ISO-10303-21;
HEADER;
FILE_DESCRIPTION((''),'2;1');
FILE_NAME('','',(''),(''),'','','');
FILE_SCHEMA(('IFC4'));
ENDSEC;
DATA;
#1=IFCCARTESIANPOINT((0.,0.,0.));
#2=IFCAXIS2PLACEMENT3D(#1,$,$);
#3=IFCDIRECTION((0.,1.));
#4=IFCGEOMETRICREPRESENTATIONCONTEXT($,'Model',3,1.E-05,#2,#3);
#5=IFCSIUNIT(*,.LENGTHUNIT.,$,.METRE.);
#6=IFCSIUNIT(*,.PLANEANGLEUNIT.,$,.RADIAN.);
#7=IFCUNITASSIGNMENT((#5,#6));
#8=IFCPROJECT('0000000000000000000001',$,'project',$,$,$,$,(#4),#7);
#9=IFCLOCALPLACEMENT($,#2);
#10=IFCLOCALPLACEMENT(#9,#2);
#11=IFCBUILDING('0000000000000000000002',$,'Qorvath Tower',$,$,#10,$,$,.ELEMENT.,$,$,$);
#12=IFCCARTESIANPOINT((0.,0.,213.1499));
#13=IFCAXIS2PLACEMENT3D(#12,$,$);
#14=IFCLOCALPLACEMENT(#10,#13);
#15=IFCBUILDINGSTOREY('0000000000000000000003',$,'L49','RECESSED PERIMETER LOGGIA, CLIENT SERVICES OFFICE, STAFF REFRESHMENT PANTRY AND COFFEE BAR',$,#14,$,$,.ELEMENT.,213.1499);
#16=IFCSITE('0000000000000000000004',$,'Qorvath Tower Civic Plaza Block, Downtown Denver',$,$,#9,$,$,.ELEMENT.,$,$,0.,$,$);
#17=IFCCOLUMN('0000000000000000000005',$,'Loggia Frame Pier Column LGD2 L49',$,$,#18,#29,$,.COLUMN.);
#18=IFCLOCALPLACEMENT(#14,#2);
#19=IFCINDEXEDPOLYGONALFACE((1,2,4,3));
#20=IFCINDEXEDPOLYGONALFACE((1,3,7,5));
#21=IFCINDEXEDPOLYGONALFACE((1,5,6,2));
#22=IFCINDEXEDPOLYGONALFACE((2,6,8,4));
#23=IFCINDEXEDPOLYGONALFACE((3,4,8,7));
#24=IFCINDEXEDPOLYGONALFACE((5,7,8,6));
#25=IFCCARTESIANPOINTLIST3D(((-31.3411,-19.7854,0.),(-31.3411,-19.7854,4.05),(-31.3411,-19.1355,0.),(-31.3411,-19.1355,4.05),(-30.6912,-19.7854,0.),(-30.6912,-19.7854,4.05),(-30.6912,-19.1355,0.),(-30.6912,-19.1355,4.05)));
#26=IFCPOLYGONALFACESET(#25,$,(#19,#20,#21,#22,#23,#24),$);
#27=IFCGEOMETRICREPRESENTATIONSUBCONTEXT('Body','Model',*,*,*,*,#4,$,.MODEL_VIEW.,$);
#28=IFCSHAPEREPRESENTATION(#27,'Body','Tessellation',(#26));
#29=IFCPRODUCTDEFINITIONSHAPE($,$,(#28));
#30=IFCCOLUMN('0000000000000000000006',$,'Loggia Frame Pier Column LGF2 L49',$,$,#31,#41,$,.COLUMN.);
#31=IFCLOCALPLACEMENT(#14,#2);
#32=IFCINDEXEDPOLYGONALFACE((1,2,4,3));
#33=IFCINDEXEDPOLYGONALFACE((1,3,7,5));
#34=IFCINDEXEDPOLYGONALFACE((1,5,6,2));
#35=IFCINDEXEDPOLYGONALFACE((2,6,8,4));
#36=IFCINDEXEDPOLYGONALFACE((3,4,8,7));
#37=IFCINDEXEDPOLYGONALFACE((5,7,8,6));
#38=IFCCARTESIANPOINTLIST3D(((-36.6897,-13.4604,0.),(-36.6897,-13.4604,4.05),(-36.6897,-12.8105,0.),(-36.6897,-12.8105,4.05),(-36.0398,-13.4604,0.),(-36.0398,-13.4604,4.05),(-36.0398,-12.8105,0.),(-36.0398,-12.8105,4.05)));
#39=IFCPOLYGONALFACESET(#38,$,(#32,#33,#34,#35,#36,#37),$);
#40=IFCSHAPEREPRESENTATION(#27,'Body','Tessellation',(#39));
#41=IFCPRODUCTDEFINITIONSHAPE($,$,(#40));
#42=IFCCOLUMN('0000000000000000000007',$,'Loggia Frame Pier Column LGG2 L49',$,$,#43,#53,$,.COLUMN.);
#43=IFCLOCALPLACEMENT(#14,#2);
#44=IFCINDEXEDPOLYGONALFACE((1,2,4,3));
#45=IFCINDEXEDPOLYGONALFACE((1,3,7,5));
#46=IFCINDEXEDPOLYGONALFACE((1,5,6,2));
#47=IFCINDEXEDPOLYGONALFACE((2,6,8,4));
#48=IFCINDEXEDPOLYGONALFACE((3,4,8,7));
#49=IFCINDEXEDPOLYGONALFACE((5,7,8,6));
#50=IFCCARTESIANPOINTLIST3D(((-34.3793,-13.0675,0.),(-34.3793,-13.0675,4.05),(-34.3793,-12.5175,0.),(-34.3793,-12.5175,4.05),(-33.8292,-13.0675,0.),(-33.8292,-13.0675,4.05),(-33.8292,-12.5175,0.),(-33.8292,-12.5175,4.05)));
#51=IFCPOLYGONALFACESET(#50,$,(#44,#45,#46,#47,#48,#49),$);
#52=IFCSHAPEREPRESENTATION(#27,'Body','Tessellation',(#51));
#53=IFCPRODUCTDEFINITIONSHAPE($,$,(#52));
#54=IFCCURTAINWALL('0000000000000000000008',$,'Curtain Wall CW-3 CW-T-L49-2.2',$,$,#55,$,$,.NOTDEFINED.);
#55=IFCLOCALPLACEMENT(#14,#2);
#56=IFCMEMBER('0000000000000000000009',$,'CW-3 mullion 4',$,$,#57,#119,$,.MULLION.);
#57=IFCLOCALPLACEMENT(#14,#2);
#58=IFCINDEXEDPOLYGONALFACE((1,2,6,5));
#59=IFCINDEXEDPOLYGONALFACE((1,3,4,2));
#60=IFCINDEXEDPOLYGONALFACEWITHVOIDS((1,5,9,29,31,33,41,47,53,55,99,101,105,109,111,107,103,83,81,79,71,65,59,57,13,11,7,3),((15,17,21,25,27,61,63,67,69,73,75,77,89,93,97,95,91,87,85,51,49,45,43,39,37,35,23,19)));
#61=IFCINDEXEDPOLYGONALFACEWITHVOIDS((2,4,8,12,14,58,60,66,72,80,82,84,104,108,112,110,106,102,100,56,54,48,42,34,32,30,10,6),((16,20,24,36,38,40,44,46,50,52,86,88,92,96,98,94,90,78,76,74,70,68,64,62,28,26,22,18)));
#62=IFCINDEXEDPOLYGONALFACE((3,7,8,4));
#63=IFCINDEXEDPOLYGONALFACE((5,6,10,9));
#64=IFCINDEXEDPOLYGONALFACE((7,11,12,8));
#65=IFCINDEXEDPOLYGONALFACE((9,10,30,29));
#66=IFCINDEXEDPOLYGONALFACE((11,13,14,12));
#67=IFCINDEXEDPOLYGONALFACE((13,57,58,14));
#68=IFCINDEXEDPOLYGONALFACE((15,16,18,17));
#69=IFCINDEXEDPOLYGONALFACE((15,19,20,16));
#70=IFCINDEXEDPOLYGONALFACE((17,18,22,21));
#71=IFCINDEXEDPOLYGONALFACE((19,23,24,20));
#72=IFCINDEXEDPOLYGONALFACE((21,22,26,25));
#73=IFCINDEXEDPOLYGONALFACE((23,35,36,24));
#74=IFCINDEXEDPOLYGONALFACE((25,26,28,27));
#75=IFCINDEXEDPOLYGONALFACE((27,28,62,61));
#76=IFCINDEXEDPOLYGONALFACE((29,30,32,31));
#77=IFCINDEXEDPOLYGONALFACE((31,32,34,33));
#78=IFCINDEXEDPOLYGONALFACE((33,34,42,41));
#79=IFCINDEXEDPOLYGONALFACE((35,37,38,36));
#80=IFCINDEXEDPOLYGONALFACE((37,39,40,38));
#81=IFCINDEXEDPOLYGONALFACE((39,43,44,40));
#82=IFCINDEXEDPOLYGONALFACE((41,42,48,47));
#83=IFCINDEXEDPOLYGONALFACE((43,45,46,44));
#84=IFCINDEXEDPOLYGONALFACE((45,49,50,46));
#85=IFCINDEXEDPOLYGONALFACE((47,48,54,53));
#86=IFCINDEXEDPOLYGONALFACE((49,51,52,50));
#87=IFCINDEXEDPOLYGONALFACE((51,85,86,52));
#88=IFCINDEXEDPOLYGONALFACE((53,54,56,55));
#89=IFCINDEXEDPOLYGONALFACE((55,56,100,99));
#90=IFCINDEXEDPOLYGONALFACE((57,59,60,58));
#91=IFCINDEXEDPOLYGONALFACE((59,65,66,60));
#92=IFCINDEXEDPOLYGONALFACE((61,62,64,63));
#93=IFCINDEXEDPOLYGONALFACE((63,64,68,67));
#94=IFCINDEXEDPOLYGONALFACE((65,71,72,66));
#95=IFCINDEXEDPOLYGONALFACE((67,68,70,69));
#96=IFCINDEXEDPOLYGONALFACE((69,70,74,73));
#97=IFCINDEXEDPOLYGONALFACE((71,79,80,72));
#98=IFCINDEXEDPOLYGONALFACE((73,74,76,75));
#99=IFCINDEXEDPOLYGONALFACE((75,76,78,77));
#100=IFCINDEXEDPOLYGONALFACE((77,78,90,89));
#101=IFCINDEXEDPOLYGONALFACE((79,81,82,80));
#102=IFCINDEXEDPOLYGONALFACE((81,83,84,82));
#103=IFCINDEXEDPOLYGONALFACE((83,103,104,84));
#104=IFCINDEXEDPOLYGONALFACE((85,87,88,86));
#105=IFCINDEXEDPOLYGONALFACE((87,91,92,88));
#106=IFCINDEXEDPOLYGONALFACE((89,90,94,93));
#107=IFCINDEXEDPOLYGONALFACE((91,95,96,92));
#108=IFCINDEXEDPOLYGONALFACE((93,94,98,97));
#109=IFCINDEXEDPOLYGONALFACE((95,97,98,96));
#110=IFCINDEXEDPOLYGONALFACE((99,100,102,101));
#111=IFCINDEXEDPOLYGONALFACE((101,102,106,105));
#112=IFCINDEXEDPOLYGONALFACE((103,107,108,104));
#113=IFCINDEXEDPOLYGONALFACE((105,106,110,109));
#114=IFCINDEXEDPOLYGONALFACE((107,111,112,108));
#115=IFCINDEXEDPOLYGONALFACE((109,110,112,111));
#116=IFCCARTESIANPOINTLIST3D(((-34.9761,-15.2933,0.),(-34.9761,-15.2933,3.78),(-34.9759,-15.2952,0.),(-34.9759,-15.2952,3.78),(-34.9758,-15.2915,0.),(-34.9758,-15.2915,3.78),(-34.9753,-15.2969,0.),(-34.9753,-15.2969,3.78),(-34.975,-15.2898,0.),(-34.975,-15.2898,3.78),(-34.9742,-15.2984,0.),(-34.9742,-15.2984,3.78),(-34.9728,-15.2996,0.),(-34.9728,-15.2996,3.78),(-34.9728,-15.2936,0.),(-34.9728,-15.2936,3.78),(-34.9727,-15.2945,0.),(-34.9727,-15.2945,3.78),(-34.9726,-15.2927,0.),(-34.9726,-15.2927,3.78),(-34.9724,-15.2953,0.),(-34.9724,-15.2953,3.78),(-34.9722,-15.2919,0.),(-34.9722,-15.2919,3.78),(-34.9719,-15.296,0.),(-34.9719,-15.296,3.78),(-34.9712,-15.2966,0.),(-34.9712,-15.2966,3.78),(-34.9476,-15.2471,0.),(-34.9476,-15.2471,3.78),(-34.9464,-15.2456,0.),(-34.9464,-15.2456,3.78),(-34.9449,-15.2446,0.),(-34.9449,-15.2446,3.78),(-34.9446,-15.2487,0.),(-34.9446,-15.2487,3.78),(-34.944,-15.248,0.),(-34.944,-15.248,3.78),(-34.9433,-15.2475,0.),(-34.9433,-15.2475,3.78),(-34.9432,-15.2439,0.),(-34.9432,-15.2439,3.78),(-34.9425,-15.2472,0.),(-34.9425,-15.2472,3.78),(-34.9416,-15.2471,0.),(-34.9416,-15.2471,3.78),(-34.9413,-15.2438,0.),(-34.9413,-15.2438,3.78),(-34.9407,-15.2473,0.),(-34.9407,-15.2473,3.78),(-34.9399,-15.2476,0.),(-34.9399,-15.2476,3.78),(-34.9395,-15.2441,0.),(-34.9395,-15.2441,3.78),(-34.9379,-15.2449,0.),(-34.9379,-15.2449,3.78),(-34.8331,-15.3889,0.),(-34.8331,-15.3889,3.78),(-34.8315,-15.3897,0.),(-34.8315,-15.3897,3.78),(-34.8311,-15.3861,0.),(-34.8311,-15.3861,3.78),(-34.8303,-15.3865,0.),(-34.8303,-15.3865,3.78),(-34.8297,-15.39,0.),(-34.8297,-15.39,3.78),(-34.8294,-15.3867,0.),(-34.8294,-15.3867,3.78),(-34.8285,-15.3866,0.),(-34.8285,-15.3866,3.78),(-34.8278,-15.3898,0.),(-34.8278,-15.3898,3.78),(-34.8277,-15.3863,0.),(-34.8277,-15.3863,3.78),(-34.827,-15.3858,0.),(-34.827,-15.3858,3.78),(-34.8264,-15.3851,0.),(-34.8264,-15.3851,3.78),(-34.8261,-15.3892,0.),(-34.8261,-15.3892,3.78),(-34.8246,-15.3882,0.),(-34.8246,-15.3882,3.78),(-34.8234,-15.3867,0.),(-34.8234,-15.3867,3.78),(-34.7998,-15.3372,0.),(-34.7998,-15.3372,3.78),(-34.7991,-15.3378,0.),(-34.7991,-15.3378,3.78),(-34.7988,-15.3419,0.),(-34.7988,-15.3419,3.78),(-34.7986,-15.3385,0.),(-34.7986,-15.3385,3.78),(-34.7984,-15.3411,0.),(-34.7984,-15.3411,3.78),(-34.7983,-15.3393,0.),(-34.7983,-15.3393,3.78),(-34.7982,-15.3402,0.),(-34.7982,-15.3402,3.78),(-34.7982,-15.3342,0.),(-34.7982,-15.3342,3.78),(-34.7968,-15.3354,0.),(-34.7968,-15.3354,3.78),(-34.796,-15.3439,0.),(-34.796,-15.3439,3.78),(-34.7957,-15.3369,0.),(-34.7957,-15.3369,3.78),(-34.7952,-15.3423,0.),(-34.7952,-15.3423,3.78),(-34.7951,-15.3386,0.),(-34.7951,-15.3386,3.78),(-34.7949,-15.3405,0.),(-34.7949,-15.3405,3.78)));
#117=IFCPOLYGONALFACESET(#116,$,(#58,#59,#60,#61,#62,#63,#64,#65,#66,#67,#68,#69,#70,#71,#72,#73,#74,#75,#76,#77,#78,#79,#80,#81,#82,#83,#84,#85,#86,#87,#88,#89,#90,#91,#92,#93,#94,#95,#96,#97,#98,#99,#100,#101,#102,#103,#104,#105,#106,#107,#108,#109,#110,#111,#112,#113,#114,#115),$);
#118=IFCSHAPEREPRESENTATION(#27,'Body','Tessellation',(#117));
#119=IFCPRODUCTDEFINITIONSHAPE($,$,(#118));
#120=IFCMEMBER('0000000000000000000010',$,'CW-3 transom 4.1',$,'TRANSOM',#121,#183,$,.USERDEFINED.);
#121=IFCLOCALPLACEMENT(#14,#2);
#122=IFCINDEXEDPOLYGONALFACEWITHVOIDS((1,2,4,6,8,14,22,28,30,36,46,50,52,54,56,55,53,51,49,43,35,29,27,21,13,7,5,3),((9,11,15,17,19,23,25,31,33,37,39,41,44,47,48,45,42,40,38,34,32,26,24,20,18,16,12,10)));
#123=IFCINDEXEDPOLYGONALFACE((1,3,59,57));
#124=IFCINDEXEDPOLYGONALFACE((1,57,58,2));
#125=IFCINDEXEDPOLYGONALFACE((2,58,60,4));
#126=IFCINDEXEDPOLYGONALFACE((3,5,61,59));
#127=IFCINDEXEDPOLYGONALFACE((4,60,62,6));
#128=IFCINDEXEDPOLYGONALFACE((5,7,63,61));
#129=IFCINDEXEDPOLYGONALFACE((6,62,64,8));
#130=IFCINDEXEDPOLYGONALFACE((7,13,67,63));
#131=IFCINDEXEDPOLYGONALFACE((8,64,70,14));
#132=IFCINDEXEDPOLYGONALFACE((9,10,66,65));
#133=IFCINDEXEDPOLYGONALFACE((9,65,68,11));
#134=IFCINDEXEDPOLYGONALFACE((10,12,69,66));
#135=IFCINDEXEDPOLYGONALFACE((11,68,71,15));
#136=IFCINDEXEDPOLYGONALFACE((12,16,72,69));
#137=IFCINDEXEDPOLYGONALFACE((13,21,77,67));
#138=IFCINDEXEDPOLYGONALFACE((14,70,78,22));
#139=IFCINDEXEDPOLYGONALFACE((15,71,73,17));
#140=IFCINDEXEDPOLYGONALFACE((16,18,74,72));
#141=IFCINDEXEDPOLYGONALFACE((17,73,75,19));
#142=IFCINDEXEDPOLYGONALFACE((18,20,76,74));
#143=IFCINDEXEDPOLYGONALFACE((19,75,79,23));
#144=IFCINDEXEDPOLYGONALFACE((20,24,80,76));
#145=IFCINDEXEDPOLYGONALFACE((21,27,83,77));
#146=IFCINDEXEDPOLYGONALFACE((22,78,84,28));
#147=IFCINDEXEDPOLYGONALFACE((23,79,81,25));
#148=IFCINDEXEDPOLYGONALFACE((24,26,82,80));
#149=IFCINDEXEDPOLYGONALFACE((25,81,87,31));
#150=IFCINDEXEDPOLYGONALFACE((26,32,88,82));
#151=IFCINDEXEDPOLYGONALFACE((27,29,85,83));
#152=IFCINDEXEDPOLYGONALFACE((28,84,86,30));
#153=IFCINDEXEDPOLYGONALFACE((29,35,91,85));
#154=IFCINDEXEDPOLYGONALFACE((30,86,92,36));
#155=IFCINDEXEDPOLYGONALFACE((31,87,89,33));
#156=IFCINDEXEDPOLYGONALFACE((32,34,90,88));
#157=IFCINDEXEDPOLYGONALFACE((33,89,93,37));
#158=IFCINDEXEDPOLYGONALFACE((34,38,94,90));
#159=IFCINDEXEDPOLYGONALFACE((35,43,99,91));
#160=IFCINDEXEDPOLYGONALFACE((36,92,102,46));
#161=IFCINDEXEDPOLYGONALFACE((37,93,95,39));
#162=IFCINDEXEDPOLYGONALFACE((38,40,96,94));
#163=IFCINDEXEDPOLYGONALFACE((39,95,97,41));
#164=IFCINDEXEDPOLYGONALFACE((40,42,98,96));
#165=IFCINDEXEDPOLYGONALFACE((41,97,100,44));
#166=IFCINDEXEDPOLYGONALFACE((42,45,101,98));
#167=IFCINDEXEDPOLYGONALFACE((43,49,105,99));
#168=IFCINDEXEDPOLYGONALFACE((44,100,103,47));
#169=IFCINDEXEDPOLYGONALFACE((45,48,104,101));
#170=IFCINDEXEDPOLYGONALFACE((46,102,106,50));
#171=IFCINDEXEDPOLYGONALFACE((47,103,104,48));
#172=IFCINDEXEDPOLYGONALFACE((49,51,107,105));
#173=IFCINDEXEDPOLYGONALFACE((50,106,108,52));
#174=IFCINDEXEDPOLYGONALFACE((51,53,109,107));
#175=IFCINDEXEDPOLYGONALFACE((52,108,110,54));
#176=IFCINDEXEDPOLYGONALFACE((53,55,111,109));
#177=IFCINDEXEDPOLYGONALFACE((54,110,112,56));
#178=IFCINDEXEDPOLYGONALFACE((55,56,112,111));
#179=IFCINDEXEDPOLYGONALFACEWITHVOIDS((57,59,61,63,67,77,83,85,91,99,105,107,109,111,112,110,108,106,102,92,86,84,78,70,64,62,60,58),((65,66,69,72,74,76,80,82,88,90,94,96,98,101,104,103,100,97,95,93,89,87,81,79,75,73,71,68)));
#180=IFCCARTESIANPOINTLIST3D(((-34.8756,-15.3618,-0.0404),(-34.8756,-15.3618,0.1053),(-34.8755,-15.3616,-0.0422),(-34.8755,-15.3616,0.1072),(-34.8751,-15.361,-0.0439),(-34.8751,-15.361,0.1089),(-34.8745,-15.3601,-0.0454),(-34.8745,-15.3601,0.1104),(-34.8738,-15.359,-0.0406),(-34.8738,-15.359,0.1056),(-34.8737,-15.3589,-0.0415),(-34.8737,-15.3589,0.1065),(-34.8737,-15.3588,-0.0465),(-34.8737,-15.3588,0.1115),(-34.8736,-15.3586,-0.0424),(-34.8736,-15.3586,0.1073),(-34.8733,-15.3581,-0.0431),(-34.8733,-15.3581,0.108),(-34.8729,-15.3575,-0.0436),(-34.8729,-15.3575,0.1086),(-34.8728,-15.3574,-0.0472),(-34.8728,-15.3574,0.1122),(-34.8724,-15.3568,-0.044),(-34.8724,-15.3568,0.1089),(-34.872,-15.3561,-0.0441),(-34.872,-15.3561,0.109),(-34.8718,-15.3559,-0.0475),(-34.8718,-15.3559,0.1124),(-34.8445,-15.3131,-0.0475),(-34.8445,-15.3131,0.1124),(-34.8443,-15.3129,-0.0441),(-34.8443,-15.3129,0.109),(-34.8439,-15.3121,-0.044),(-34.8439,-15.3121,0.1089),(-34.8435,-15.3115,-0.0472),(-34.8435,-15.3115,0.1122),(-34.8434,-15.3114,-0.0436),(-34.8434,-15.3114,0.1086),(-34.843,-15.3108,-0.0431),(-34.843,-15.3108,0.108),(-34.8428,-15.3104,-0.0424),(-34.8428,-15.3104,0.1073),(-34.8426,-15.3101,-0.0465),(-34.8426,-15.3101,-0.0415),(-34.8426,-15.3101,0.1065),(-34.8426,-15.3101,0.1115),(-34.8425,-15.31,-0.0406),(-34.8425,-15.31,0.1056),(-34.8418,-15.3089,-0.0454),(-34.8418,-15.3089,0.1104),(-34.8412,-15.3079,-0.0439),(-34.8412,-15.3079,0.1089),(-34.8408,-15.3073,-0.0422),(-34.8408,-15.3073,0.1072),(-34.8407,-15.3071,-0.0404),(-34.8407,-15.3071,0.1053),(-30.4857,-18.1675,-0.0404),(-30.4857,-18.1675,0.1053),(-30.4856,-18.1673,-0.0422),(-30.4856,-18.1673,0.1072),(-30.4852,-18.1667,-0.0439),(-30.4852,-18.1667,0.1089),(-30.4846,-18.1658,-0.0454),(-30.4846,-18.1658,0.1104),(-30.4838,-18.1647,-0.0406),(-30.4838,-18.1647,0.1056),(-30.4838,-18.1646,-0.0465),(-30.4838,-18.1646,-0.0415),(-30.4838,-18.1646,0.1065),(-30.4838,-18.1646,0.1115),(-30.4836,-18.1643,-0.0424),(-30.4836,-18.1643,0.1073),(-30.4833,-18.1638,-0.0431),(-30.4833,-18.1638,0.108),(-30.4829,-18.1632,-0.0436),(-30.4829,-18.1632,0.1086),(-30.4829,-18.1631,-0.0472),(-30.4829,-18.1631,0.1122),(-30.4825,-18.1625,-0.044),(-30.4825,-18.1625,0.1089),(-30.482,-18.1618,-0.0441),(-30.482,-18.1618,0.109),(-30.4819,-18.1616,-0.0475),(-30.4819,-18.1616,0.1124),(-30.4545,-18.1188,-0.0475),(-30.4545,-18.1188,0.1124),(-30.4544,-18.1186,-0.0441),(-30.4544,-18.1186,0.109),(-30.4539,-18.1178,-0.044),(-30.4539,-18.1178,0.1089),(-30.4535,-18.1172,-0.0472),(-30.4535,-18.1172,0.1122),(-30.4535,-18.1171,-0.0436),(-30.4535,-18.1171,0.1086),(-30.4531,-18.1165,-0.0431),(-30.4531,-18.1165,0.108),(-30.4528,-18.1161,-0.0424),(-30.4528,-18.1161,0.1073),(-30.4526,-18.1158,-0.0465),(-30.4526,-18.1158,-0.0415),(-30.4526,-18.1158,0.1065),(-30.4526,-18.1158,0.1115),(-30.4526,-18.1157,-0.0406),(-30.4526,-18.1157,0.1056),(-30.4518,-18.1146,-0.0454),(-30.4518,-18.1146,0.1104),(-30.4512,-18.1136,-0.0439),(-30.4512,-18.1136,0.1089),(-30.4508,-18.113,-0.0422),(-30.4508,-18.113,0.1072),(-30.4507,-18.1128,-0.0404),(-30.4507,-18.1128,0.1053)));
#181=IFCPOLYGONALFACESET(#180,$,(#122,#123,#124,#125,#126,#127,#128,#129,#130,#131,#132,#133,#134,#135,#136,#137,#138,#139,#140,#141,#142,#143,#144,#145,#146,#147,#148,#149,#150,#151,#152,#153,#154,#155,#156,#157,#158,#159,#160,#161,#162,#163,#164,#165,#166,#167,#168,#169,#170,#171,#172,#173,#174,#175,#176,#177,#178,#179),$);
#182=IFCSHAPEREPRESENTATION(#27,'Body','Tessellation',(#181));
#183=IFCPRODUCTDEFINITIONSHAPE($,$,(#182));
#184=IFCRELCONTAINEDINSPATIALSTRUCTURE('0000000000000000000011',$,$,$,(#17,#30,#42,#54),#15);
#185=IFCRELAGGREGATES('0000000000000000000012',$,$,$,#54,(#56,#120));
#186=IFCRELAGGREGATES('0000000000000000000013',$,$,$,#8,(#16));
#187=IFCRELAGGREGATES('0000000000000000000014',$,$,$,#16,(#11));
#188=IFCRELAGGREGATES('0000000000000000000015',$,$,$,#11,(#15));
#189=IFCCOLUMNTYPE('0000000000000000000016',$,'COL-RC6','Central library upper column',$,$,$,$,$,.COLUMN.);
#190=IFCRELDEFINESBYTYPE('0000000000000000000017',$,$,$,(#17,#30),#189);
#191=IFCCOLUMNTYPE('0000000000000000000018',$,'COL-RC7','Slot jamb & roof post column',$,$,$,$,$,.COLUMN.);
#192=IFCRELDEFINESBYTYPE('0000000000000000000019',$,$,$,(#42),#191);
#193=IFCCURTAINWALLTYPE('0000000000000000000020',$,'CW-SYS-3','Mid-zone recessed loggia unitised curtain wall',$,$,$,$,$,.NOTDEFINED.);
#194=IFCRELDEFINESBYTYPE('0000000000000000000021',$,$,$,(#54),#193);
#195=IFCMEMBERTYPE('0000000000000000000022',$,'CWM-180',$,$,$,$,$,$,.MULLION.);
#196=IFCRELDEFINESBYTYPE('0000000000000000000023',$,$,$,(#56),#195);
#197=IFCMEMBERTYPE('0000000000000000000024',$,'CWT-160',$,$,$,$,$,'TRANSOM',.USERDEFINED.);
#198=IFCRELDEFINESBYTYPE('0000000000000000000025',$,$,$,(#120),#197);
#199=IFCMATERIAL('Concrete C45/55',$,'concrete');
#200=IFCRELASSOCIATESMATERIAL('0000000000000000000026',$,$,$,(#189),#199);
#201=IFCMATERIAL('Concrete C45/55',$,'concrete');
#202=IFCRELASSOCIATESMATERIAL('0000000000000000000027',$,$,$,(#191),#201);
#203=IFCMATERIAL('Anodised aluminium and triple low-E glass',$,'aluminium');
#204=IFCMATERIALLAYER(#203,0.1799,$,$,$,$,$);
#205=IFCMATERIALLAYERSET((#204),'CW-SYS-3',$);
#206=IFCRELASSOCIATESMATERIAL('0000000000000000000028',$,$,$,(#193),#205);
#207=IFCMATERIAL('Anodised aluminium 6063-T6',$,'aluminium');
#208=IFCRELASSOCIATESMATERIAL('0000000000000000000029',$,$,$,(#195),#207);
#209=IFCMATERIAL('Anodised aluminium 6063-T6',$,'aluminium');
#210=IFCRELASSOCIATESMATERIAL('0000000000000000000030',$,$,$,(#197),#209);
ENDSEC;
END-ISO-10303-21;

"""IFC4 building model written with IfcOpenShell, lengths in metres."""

from ifc_helpers import new_model, si_unit, direction, frame, origin, origin_2d, place, context, subcontext, project, spatial, rectangle, hollow_rectangle, extrude, material, layer, layer_set, material_profile, profile_set, type_object, element, aggregate, save


model = new_model("IFC4")

# Units and contexts
model_context = context("Model", 3, precision=1e-05, world=origin(), true_north=direction((0.0, 1.0)))
body_context = subcontext(model_context, "Body", "Model", "MODEL_VIEW")
ifc_project = project(units=[si_unit("LENGTHUNIT", "METRE"), si_unit("PLANEANGLEUNIT", "RADIAN")], contexts=[model_context])

# Site, building, storey
site_placement = place(None, origin())
site = spatial("IfcSite", under=ifc_project, at=site_placement, Name="Qorvath Tower Civic Plaza Block, Downtown Denver", CompositionType="ELEMENT", RefElevation=0.0)
building_placement = place(site_placement, origin())
building = spatial("IfcBuilding", under=site, at=building_placement, Name="Qorvath Tower", CompositionType="ELEMENT")
storey_placement = place(building_placement, frame((0.0, 0.0, 213.1499)))
storey = spatial("IfcBuildingStorey", under=building, at=storey_placement, Name="L49", Description="RECESSED PERIMETER LOGGIA, CLIENT SERVICES OFFICE, STAFF REFRESHMENT PANTRY AND COFFEE BAR", CompositionType="ELEMENT", Elevation=213.1499)

# Columns
ifc_material_1 = material(Name="Concrete C45/55", Category="concrete")
ifc_material_profile_1 = material_profile(ifc_material_1, rectangle(XDim=0.6499, YDim=0.6499, at=origin_2d()), Name="RC 650x650")
ifc_profile_set_1 = profile_set([ifc_material_profile_1], Name="Concrete C45/55")
column_type_1 = type_object("IfcColumnType", Name="COL-RC6", Description="Central library upper column", PredefinedType="COLUMN", material=ifc_profile_set_1)
for number, where, z_axis, x_axis, name in (
    (1, (-31.0161, -19.4604, 0.0), (0.0, 0.0, 1.0), (1.0, 0.0, 0.0), "Loggia Frame Pier Column LGD2 L49"),
    (2, (-36.3647, -13.1355, 0.0), (0.0, 0.0, 1.0), (1.0, 0.0, 0.0), "Loggia Frame Pier Column LGF2 L49"),
):
    element("IfcColumn", number, at=place(storey_placement, frame(where, z_axis=z_axis, x_axis=x_axis)), inside=storey, type_object=column_type_1, Name=name, PredefinedType="COLUMN", context=body_context, shape_type="SweptSolid", body=[
        extrude(rectangle(XDim=0.6499, YDim=0.6499, at=origin_2d()), origin(), (0.0, 0.0, 1.0), 4.05),
    ])
ifc_material_2 = material(Name="Concrete C45/55", Category="concrete")
ifc_material_profile_2 = material_profile(ifc_material_2, rectangle(XDim=0.55, YDim=0.55, at=origin_2d()), Name="RC 550x550")
ifc_profile_set_2 = profile_set([ifc_material_profile_2], Name="Concrete C45/55")
column_type_2 = type_object("IfcColumnType", Name="COL-RC7", Description="Slot jamb & roof post column", PredefinedType="COLUMN", material=ifc_profile_set_2)
column_placement = place(storey_placement, frame((-34.1042, -12.7925, 0.0), z_axis=(0.0, 0.0, 1.0), x_axis=(1.0, 0.0, 0.0)))
element("IfcColumn", 3, at=column_placement, inside=storey, type_object=column_type_2, Name="Loggia Frame Pier Column LGG2 L49", PredefinedType="COLUMN", context=body_context, shape_type="SweptSolid", body=[
    extrude(rectangle(XDim=0.55, YDim=0.55, at=origin_2d()), origin(), (0.0, 0.0, 1.0), 4.05),
])

# Curtain wall, members
ifc_material_3 = material(Name="Anodised aluminium and triple low-E glass", Category="aluminium")
ifc_layer_1 = layer(ifc_material_3, 0.1799)
ifc_layer_set_1 = layer_set([ifc_layer_1], Name="CW-SYS-3")
curtain_wall_type = type_object("IfcCurtainWallType", Name="CW-SYS-3", Description="Mid-zone recessed loggia unitised curtain wall", PredefinedType="NOTDEFINED", material=ifc_layer_set_1)
curtain_wall_placement = place(storey_placement, origin())
curtain_wall = element("IfcCurtainWall", 4, at=curtain_wall_placement, inside=storey, type_object=curtain_wall_type, Name="Curtain Wall CW-3 CW-T-L49-2.2", PredefinedType="NOTDEFINED")
ifc_material_4 = material(Name="Anodised aluminium 6063-T6", Category="aluminium")
ifc_material_profile_3 = material_profile(ifc_material_4, hollow_rectangle(XDim=0.0649, YDim=0.1799, WallThickness=0.0034, InnerFilletRadius=0.0034, OuterFilletRadius=0.0071, at=origin_2d()), Name="CWM 180x65")
ifc_profile_set_3 = profile_set([ifc_material_profile_3], Name="Anodised aluminium 6063-T6")
member_type_1 = type_object("IfcMemberType", Name="CWM-180", PredefinedType="MULLION", material=ifc_profile_set_3)
member_1_placement = place(storey_placement, frame((-34.8855, -15.3169, 0.0), z_axis=(0.0, 0.0, 1.0), x_axis=(0.538533, 0.842605, 0.0)))
member_1 = element("IfcMember", 5, at=member_1_placement, type_object=member_type_1, Name="CW-3 mullion 4", PredefinedType="MULLION", context=body_context, shape_type="SweptSolid", body=[
    extrude(hollow_rectangle(XDim=0.0649, YDim=0.1799, WallThickness=0.0034, InnerFilletRadius=0.0034, OuterFilletRadius=0.0071, at=origin_2d()), origin(), (0.0, 0.0, 1.0), 3.78),
])
ifc_material_5 = material(Name="Anodised aluminium 6063-T6", Category="aluminium")
ifc_material_profile_4 = material_profile(ifc_material_5, hollow_rectangle(XDim=0.0649, YDim=0.1599, WallThickness=0.0034, InnerFilletRadius=0.0034, OuterFilletRadius=0.0071, at=origin_2d()), Name="CWT 160x65")
ifc_profile_set_4 = profile_set([ifc_material_profile_4], Name="Anodised aluminium 6063-T6")
member_type_2 = type_object("IfcMemberType", Name="CWT-160", ElementType="TRANSOM", PredefinedType="USERDEFINED", material=ifc_profile_set_4)
member_2_placement = place(storey_placement, frame((-34.8582, -15.3345, 0.0325), z_axis=(0.842608, -0.538527, 0.0), x_axis=(0.538527, 0.842608, 0.0)))
member_2 = element("IfcMember", 6, at=member_2_placement, type_object=member_type_2, Name="CW-3 transom 4.1", ObjectType="TRANSOM", PredefinedType="USERDEFINED", context=body_context, shape_type="SweptSolid", body=[
    extrude(hollow_rectangle(XDim=0.0649, YDim=0.1599, WallThickness=0.0034, InnerFilletRadius=0.0034, OuterFilletRadius=0.0071, at=origin_2d()), origin(), (0.0, 0.0, 1.0), 5.21),
])
aggregate(curtain_wall, [member_1, member_2])

save(model, "model.ifc")
